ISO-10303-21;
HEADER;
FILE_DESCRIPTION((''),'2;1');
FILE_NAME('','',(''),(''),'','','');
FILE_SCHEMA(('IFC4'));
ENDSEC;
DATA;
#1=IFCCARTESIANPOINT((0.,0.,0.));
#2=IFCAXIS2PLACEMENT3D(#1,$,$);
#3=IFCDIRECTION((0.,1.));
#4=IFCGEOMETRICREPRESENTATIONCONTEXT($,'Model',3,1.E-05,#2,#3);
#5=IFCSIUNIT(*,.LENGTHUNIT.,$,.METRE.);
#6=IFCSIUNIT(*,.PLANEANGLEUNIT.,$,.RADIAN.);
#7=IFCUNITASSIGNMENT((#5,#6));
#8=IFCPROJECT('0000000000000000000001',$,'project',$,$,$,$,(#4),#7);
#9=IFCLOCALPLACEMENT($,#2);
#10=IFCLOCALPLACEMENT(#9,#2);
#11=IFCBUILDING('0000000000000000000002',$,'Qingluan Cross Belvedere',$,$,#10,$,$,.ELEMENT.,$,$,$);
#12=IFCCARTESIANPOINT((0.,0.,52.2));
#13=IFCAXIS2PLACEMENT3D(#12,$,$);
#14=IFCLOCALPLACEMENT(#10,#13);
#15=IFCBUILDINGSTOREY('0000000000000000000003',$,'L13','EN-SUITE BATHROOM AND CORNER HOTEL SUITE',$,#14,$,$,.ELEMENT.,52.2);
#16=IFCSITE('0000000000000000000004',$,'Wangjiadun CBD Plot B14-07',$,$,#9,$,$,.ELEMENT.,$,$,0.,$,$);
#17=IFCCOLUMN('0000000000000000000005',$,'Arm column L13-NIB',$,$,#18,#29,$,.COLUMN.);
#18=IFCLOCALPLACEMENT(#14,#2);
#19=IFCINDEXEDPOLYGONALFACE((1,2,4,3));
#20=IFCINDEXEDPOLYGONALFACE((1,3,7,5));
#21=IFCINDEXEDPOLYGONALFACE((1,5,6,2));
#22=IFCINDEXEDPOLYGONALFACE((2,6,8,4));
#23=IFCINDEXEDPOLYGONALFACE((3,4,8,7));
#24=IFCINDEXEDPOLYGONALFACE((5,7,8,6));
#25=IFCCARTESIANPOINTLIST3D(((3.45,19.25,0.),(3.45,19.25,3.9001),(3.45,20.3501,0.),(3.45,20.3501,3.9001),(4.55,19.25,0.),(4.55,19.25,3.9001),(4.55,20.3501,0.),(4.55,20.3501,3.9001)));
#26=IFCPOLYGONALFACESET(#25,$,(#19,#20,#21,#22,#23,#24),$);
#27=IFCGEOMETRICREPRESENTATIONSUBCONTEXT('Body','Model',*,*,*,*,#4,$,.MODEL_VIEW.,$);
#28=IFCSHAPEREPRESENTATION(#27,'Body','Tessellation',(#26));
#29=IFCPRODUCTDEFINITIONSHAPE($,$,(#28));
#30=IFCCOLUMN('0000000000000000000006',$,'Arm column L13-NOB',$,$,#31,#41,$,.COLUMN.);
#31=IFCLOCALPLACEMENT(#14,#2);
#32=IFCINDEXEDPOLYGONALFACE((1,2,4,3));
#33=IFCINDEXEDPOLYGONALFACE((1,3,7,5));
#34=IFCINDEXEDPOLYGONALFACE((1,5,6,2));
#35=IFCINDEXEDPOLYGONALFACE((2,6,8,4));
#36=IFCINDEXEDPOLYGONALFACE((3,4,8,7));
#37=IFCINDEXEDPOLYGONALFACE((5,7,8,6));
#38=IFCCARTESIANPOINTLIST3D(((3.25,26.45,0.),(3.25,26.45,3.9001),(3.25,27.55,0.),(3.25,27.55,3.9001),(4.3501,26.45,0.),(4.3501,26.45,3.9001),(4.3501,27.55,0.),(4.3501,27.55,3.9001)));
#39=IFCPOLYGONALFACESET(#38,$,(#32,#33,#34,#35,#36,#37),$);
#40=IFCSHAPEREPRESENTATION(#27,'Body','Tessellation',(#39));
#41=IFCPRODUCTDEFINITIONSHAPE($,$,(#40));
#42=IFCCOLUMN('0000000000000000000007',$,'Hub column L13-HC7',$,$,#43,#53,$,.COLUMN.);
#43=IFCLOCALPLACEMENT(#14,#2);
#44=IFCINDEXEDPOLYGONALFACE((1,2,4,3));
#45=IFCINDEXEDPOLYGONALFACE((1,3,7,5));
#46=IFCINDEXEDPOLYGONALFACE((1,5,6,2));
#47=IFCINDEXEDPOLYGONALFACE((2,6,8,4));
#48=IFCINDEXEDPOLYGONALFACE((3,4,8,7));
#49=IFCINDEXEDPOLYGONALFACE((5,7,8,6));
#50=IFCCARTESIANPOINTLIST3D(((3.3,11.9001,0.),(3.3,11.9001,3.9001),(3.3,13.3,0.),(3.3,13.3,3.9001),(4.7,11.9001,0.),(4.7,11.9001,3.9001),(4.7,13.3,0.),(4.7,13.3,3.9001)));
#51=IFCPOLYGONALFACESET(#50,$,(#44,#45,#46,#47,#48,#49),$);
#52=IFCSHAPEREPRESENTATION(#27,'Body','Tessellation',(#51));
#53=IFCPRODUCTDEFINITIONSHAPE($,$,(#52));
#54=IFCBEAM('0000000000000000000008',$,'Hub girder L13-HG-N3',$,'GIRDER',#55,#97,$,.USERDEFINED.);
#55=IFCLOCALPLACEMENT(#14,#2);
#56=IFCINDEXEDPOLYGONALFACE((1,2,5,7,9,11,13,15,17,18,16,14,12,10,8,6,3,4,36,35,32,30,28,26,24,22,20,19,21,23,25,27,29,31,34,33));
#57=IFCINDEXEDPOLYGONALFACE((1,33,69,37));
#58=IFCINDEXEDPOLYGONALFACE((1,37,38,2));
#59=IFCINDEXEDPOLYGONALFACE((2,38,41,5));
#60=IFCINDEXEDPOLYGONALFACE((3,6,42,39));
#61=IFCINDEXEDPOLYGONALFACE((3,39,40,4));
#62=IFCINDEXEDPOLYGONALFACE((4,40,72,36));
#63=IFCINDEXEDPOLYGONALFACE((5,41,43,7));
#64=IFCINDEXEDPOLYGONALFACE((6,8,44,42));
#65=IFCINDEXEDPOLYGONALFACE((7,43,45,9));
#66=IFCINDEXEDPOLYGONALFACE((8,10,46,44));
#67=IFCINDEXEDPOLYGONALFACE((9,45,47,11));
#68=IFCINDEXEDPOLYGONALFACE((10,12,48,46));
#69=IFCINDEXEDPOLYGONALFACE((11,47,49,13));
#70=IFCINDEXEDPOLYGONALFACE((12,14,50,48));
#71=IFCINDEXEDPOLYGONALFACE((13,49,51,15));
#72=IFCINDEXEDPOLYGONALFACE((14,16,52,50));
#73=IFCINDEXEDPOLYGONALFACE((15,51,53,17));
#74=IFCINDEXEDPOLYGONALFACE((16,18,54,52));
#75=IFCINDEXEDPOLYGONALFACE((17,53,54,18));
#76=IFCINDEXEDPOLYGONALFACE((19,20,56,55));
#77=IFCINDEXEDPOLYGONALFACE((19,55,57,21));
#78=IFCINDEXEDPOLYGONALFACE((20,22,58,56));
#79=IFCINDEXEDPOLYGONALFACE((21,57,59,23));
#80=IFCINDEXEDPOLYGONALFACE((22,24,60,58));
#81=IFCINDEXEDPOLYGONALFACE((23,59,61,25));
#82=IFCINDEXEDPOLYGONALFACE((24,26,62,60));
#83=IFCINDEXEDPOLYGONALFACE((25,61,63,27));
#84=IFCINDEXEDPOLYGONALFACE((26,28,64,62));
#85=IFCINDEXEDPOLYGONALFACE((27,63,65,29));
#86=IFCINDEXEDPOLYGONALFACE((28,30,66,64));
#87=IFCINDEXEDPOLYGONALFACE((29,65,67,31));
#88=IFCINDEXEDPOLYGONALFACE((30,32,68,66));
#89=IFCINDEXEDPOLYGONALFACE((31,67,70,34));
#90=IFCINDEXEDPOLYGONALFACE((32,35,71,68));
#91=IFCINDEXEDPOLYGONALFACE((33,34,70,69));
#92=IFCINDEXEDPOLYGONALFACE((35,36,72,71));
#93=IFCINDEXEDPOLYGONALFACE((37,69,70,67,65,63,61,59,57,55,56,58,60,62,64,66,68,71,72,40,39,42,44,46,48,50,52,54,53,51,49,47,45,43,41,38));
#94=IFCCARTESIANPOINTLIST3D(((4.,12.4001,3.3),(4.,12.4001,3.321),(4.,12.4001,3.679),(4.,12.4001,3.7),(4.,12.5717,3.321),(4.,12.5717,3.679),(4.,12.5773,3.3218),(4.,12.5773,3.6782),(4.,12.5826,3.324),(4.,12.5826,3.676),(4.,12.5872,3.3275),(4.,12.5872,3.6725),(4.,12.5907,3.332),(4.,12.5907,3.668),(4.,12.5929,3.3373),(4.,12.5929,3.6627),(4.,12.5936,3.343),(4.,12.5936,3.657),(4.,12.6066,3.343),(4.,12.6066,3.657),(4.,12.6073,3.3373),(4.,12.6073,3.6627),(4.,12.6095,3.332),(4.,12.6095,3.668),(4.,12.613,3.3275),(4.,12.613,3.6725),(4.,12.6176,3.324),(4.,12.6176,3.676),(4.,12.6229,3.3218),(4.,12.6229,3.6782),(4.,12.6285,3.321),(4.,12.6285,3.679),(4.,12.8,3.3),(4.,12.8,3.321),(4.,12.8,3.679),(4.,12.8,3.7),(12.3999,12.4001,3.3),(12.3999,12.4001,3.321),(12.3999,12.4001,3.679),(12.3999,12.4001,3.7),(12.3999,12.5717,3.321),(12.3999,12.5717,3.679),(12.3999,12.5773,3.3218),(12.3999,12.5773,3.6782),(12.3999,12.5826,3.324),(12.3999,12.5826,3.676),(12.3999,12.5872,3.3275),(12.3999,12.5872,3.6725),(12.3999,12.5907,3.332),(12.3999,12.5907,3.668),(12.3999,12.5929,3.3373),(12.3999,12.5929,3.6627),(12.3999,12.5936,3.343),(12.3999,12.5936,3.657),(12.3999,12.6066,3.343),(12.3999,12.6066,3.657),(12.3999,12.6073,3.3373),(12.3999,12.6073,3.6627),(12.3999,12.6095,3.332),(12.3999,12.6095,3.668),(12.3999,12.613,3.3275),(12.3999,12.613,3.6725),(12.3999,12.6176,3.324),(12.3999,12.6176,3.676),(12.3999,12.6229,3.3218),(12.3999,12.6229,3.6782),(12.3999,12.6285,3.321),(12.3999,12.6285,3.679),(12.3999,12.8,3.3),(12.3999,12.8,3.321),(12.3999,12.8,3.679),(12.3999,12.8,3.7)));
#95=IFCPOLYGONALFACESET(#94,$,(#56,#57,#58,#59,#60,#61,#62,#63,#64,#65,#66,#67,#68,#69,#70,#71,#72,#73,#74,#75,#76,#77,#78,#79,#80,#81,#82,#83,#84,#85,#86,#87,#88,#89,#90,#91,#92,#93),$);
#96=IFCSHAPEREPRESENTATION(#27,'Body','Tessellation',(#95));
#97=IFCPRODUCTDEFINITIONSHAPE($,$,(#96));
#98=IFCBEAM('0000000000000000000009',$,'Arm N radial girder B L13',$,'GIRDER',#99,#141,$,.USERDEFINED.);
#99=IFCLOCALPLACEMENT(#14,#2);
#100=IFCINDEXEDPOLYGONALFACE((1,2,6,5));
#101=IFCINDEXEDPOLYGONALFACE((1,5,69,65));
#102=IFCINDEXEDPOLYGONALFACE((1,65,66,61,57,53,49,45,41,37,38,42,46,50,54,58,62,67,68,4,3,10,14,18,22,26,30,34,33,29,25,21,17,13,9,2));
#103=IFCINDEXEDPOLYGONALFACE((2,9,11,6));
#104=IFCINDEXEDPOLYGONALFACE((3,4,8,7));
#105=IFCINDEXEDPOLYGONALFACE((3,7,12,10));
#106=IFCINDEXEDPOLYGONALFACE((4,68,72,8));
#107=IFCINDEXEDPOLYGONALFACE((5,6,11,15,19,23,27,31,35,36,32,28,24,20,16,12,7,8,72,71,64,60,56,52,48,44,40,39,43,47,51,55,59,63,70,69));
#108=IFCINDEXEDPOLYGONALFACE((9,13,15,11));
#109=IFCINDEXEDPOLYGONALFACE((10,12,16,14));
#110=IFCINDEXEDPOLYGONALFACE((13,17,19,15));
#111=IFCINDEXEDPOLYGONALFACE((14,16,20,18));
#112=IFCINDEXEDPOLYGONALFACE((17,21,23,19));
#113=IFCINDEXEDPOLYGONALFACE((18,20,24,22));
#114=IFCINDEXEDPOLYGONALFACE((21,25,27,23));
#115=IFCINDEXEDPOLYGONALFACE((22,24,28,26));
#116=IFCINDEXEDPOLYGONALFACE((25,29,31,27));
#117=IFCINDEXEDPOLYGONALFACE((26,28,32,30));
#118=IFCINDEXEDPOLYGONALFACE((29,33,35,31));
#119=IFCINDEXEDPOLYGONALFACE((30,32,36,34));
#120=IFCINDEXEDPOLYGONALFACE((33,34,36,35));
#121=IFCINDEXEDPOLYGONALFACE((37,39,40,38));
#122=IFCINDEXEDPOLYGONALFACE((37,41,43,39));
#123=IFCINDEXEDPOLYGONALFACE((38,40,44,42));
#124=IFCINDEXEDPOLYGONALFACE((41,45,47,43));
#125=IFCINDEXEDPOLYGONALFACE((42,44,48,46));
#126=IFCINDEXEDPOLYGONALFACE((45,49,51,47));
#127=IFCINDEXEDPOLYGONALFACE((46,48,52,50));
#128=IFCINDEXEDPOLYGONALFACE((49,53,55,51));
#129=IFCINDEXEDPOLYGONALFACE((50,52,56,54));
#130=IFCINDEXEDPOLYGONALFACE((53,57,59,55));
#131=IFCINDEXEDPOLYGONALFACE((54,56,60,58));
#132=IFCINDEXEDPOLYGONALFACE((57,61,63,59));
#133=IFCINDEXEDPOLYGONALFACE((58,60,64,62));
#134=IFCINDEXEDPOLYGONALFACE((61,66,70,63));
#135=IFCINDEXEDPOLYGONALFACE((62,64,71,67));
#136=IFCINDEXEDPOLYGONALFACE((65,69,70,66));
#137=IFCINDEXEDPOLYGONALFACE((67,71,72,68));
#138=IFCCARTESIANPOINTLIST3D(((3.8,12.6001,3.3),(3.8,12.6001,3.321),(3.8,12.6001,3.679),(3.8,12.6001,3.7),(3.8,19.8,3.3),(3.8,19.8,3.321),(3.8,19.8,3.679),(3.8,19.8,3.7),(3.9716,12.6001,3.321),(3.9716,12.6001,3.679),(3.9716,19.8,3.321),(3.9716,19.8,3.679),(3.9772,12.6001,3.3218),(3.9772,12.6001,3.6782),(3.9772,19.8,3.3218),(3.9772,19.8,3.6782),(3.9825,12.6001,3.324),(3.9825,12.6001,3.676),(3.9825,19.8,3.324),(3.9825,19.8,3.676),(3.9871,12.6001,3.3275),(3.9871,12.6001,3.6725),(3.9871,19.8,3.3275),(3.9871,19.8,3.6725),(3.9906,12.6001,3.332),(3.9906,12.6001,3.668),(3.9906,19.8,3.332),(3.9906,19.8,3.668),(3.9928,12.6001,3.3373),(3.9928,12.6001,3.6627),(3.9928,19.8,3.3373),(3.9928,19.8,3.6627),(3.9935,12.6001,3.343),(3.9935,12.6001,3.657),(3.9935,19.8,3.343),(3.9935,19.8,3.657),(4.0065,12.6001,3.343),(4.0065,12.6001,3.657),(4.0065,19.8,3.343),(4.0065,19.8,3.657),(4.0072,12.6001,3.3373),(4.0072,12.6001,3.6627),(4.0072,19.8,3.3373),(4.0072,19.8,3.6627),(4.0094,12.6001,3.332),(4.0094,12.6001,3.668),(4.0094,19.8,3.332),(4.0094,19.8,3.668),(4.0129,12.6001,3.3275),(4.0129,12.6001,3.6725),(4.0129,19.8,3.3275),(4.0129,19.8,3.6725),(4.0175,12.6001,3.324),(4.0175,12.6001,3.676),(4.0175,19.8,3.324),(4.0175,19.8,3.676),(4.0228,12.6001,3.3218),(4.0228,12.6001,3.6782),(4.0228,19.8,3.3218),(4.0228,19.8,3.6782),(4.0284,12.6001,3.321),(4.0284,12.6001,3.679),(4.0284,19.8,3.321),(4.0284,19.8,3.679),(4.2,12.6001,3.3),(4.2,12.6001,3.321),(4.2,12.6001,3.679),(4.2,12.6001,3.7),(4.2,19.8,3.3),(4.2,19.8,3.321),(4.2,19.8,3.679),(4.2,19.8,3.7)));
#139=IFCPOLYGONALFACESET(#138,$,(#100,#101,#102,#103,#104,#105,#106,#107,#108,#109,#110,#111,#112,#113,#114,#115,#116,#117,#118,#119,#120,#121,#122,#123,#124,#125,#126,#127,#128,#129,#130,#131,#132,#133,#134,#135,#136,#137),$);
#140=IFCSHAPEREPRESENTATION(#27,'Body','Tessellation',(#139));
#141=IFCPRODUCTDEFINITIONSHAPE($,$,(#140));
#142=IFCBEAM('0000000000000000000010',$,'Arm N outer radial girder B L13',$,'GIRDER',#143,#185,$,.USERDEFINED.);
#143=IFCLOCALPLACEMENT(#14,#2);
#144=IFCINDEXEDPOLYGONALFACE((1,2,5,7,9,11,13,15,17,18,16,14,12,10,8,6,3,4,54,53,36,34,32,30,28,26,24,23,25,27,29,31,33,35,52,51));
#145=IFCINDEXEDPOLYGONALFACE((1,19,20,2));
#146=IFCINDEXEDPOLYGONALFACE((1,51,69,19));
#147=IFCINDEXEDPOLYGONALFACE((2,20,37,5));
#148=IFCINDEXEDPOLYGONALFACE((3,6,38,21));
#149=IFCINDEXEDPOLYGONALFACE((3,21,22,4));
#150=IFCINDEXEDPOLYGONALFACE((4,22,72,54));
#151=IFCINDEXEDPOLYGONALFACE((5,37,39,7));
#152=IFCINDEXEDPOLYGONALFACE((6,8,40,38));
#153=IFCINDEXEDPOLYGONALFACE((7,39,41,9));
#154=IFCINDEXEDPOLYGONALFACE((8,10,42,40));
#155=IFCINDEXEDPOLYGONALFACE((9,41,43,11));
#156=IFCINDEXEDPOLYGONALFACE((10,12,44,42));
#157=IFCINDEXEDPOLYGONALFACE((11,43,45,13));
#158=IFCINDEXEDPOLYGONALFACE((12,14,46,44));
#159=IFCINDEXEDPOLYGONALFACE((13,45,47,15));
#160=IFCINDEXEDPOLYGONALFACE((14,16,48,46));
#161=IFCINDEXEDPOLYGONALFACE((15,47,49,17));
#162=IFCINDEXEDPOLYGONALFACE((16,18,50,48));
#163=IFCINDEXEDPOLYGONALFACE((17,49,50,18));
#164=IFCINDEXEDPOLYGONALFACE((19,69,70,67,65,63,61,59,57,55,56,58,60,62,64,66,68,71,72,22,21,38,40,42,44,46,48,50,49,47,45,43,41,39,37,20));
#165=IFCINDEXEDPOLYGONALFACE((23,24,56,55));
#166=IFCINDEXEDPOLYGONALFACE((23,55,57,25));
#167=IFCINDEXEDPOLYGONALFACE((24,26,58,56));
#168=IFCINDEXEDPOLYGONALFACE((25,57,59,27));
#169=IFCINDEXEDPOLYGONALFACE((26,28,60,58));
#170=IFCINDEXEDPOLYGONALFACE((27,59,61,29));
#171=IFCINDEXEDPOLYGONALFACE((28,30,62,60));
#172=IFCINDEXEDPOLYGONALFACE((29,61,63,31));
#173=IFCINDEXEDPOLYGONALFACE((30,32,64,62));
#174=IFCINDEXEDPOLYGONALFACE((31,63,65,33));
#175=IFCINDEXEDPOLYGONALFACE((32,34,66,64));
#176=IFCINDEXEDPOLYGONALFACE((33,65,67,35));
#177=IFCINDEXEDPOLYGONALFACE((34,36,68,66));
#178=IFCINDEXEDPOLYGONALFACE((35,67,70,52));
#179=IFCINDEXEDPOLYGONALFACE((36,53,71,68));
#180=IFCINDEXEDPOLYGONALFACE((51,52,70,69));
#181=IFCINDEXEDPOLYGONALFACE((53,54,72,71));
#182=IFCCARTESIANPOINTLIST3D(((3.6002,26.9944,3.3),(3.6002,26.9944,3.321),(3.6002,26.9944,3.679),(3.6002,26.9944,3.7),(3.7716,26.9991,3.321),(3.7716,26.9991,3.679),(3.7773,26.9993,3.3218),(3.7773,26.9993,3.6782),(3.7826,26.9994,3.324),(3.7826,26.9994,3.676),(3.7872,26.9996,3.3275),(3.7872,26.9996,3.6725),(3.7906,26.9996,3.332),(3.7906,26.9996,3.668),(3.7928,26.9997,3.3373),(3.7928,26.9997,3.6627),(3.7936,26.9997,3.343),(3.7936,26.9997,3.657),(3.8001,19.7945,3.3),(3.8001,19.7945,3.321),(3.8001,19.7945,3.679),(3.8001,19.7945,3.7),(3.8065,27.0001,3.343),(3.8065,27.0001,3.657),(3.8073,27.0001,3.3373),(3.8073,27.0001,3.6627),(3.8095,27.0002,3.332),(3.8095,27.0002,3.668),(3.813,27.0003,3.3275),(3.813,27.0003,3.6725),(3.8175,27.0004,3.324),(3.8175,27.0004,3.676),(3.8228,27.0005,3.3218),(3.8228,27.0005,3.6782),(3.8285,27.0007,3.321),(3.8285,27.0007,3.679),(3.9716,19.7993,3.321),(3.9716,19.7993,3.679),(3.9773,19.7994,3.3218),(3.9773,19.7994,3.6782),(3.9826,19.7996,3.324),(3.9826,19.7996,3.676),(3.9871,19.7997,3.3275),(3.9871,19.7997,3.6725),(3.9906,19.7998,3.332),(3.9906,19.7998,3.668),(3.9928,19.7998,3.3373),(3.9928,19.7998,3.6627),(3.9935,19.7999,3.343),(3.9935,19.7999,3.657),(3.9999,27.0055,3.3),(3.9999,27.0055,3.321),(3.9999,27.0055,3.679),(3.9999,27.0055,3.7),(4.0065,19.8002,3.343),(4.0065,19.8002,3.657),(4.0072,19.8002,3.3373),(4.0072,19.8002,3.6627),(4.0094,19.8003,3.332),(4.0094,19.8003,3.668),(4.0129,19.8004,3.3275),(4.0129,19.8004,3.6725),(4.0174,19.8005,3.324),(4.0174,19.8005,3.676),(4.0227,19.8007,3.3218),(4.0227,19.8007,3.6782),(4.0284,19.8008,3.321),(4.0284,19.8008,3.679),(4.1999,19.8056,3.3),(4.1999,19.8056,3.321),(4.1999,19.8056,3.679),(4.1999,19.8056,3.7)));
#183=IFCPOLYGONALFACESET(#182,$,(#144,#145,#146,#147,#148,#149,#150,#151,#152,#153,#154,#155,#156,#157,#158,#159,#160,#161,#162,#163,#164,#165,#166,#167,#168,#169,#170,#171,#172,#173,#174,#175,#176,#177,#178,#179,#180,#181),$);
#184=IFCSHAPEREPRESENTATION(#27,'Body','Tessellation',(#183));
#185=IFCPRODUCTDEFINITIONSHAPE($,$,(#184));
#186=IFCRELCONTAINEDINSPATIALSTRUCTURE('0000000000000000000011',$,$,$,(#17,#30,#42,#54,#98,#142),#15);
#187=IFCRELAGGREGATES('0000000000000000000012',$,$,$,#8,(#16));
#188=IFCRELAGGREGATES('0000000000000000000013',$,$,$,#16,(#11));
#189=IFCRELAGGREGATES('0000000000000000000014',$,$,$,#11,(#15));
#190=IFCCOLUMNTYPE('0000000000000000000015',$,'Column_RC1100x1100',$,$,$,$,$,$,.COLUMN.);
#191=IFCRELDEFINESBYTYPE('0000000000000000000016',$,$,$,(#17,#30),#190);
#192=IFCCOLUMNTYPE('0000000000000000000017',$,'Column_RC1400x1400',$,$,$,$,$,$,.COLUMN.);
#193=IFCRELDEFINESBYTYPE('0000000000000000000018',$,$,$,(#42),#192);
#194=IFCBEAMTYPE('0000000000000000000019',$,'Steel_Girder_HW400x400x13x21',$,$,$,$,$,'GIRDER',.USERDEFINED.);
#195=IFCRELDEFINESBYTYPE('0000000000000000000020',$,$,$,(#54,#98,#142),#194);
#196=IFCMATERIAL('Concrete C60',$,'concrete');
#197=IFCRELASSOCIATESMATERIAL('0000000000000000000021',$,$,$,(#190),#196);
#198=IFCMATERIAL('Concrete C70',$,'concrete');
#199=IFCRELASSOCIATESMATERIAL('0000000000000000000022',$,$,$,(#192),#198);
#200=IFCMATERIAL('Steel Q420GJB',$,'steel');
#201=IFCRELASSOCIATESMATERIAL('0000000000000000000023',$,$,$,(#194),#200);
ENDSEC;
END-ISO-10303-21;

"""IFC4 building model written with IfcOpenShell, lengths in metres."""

from ifc_helpers import new_model, si_unit, direction, frame, origin, origin_2d, place, context, subcontext, project, spatial, rectangle, i_section, extrude, material, material_profile, profile_set, type_object, element, save


model = new_model("IFC4")

# Units and contexts
model_context = context("Model", 3, precision=1e-05, world=origin(), true_north=direction((0.0, 1.0)))
body_context = subcontext(model_context, "Body", "Model", "MODEL_VIEW")
ifc_project = project(units=[si_unit("LENGTHUNIT", "METRE"), si_unit("PLANEANGLEUNIT", "RADIAN")], contexts=[model_context])

# Site, building, storey
site_placement = place(None, origin())
site = spatial("IfcSite", under=ifc_project, at=site_placement, Name="Wangjiadun CBD Plot B14-07", CompositionType="ELEMENT", RefElevation=0.0)
building_placement = place(site_placement, origin())
building = spatial("IfcBuilding", under=site, at=building_placement, Name="Qingluan Cross Belvedere", CompositionType="ELEMENT")
storey_placement = place(building_placement, frame((0.0, 0.0, 52.2)))
storey = spatial("IfcBuildingStorey", under=building, at=storey_placement, Name="L13", Description="EN-SUITE BATHROOM AND CORNER HOTEL SUITE", CompositionType="ELEMENT", Elevation=52.2)

# Columns
ifc_material_1 = material(Name="Concrete C60", Category="concrete")
ifc_material_profile_1 = material_profile(ifc_material_1, rectangle(XDim=1.1001, YDim=1.1001, at=origin_2d()), Name="RC1100x1100")
ifc_profile_set_1 = profile_set([ifc_material_profile_1], Name="Concrete C60")
column_type_1 = type_object("IfcColumnType", Name="Column_RC1100x1100", PredefinedType="COLUMN", material=ifc_profile_set_1)
for number, where, z_axis, x_axis, name in (
    (1, (4.0, 19.8, 0.0), (0.0, 0.0, 1.0), (1.0, 0.0, 0.0), "Arm column L13-NIB"),
    (2, (3.8, 27.0, 0.0), (0.0, 0.0, 1.0), (1.0, 0.0, 0.0), "Arm column L13-NOB"),
):
    element("IfcColumn", number, at=place(storey_placement, frame(where, z_axis=z_axis, x_axis=x_axis)), inside=storey, type_object=column_type_1, Name=name, PredefinedType="COLUMN", context=body_context, shape_type="SweptSolid", body=[
        extrude(rectangle(XDim=1.1001, YDim=1.1001, at=origin_2d()), origin(), (0.0, 0.0, 1.0), 3.9001),
    ])
ifc_material_2 = material(Name="Concrete C70", Category="concrete")
ifc_material_profile_2 = material_profile(ifc_material_2, rectangle(XDim=1.3999, YDim=1.3999, at=origin_2d()), Name="RC1400x1400")
ifc_profile_set_2 = profile_set([ifc_material_profile_2], Name="Concrete C70")
column_type_2 = type_object("IfcColumnType", Name="Column_RC1400x1400", PredefinedType="COLUMN", material=ifc_profile_set_2)
column_placement = place(storey_placement, frame((4.0, 12.6001, 0.0), z_axis=(0.0, 0.0, 1.0), x_axis=(1.0, 0.0, 0.0)))
element("IfcColumn", 3, at=column_placement, inside=storey, type_object=column_type_2, Name="Hub column L13-HC7", PredefinedType="COLUMN", context=body_context, shape_type="SweptSolid", body=[
    extrude(rectangle(XDim=1.3999, YDim=1.3999, at=origin_2d()), origin(), (0.0, 0.0, 1.0), 3.9001),
])

# Beams
ifc_material_3 = material(Name="Steel Q420GJB", Category="steel")
ifc_material_profile_3 = material_profile(ifc_material_3, i_section(OverallWidth=0.3999, OverallDepth=0.3999, WebThickness=0.0129, FlangeThickness=0.021, FilletRadius=0.022, at=origin_2d()), Name="HW400x400x13x21")
ifc_profile_set_3 = profile_set([ifc_material_profile_3], Name="Steel Q420GJB")
beam_type = type_object("IfcBeamType", Name="Steel_Girder_HW400x400x13x21", ElementType="GIRDER", PredefinedType="USERDEFINED", material=ifc_profile_set_3)
beam_1_placement = place(storey_placement, frame((4.0, 12.6001, 3.5), z_axis=(1.0, 0.0, 0.0), x_axis=(0.0, 1.0, 0.0)))
element("IfcBeam", 4, at=beam_1_placement, inside=storey, type_object=beam_type, Name="Hub girder L13-HG-N3", ObjectType="GIRDER", PredefinedType="USERDEFINED", context=body_context, shape_type="SweptSolid", body=[
    extrude(i_section(OverallWidth=0.3999, OverallDepth=0.3999, WebThickness=0.0129, FlangeThickness=0.021, FilletRadius=0.022, at=origin_2d()), origin(), (0.0, 0.0, 1.0), 8.3999),
])
beam_2_placement = place(storey_placement, frame((4.0, 12.6001, 3.5), z_axis=(0.0, 1.0, 0.0), x_axis=(-1.0, 0.0, 0.0)))
element("IfcBeam", 5, at=beam_2_placement, inside=storey, type_object=beam_type, Name="Arm N radial girder B L13", ObjectType="GIRDER", PredefinedType="USERDEFINED", context=body_context, shape_type="SweptSolid", body=[
    extrude(i_section(OverallWidth=0.3999, OverallDepth=0.3999, WebThickness=0.0129, FlangeThickness=0.021, FilletRadius=0.022, at=origin_2d()), origin(), (0.0, 0.0, 1.0), 7.2),
])
beam_3_placement = place(storey_placement, frame((4.0, 19.8, 3.5), z_axis=(-0.02776, 0.999615, 0.0), x_axis=(-0.999615, -0.02776, 0.0)))
element("IfcBeam", 6, at=beam_3_placement, inside=storey, type_object=beam_type, Name="Arm N outer radial girder B L13", ObjectType="GIRDER", PredefinedType="USERDEFINED", context=body_context, shape_type="SweptSolid", body=[
    extrude(i_section(OverallWidth=0.3999, OverallDepth=0.3999, WebThickness=0.0129, FlangeThickness=0.021, FilletRadius=0.022, at=origin_2d()), origin(), (0.0, 0.0, 1.0), 7.2026),
])

save(model, "model.ifc")
